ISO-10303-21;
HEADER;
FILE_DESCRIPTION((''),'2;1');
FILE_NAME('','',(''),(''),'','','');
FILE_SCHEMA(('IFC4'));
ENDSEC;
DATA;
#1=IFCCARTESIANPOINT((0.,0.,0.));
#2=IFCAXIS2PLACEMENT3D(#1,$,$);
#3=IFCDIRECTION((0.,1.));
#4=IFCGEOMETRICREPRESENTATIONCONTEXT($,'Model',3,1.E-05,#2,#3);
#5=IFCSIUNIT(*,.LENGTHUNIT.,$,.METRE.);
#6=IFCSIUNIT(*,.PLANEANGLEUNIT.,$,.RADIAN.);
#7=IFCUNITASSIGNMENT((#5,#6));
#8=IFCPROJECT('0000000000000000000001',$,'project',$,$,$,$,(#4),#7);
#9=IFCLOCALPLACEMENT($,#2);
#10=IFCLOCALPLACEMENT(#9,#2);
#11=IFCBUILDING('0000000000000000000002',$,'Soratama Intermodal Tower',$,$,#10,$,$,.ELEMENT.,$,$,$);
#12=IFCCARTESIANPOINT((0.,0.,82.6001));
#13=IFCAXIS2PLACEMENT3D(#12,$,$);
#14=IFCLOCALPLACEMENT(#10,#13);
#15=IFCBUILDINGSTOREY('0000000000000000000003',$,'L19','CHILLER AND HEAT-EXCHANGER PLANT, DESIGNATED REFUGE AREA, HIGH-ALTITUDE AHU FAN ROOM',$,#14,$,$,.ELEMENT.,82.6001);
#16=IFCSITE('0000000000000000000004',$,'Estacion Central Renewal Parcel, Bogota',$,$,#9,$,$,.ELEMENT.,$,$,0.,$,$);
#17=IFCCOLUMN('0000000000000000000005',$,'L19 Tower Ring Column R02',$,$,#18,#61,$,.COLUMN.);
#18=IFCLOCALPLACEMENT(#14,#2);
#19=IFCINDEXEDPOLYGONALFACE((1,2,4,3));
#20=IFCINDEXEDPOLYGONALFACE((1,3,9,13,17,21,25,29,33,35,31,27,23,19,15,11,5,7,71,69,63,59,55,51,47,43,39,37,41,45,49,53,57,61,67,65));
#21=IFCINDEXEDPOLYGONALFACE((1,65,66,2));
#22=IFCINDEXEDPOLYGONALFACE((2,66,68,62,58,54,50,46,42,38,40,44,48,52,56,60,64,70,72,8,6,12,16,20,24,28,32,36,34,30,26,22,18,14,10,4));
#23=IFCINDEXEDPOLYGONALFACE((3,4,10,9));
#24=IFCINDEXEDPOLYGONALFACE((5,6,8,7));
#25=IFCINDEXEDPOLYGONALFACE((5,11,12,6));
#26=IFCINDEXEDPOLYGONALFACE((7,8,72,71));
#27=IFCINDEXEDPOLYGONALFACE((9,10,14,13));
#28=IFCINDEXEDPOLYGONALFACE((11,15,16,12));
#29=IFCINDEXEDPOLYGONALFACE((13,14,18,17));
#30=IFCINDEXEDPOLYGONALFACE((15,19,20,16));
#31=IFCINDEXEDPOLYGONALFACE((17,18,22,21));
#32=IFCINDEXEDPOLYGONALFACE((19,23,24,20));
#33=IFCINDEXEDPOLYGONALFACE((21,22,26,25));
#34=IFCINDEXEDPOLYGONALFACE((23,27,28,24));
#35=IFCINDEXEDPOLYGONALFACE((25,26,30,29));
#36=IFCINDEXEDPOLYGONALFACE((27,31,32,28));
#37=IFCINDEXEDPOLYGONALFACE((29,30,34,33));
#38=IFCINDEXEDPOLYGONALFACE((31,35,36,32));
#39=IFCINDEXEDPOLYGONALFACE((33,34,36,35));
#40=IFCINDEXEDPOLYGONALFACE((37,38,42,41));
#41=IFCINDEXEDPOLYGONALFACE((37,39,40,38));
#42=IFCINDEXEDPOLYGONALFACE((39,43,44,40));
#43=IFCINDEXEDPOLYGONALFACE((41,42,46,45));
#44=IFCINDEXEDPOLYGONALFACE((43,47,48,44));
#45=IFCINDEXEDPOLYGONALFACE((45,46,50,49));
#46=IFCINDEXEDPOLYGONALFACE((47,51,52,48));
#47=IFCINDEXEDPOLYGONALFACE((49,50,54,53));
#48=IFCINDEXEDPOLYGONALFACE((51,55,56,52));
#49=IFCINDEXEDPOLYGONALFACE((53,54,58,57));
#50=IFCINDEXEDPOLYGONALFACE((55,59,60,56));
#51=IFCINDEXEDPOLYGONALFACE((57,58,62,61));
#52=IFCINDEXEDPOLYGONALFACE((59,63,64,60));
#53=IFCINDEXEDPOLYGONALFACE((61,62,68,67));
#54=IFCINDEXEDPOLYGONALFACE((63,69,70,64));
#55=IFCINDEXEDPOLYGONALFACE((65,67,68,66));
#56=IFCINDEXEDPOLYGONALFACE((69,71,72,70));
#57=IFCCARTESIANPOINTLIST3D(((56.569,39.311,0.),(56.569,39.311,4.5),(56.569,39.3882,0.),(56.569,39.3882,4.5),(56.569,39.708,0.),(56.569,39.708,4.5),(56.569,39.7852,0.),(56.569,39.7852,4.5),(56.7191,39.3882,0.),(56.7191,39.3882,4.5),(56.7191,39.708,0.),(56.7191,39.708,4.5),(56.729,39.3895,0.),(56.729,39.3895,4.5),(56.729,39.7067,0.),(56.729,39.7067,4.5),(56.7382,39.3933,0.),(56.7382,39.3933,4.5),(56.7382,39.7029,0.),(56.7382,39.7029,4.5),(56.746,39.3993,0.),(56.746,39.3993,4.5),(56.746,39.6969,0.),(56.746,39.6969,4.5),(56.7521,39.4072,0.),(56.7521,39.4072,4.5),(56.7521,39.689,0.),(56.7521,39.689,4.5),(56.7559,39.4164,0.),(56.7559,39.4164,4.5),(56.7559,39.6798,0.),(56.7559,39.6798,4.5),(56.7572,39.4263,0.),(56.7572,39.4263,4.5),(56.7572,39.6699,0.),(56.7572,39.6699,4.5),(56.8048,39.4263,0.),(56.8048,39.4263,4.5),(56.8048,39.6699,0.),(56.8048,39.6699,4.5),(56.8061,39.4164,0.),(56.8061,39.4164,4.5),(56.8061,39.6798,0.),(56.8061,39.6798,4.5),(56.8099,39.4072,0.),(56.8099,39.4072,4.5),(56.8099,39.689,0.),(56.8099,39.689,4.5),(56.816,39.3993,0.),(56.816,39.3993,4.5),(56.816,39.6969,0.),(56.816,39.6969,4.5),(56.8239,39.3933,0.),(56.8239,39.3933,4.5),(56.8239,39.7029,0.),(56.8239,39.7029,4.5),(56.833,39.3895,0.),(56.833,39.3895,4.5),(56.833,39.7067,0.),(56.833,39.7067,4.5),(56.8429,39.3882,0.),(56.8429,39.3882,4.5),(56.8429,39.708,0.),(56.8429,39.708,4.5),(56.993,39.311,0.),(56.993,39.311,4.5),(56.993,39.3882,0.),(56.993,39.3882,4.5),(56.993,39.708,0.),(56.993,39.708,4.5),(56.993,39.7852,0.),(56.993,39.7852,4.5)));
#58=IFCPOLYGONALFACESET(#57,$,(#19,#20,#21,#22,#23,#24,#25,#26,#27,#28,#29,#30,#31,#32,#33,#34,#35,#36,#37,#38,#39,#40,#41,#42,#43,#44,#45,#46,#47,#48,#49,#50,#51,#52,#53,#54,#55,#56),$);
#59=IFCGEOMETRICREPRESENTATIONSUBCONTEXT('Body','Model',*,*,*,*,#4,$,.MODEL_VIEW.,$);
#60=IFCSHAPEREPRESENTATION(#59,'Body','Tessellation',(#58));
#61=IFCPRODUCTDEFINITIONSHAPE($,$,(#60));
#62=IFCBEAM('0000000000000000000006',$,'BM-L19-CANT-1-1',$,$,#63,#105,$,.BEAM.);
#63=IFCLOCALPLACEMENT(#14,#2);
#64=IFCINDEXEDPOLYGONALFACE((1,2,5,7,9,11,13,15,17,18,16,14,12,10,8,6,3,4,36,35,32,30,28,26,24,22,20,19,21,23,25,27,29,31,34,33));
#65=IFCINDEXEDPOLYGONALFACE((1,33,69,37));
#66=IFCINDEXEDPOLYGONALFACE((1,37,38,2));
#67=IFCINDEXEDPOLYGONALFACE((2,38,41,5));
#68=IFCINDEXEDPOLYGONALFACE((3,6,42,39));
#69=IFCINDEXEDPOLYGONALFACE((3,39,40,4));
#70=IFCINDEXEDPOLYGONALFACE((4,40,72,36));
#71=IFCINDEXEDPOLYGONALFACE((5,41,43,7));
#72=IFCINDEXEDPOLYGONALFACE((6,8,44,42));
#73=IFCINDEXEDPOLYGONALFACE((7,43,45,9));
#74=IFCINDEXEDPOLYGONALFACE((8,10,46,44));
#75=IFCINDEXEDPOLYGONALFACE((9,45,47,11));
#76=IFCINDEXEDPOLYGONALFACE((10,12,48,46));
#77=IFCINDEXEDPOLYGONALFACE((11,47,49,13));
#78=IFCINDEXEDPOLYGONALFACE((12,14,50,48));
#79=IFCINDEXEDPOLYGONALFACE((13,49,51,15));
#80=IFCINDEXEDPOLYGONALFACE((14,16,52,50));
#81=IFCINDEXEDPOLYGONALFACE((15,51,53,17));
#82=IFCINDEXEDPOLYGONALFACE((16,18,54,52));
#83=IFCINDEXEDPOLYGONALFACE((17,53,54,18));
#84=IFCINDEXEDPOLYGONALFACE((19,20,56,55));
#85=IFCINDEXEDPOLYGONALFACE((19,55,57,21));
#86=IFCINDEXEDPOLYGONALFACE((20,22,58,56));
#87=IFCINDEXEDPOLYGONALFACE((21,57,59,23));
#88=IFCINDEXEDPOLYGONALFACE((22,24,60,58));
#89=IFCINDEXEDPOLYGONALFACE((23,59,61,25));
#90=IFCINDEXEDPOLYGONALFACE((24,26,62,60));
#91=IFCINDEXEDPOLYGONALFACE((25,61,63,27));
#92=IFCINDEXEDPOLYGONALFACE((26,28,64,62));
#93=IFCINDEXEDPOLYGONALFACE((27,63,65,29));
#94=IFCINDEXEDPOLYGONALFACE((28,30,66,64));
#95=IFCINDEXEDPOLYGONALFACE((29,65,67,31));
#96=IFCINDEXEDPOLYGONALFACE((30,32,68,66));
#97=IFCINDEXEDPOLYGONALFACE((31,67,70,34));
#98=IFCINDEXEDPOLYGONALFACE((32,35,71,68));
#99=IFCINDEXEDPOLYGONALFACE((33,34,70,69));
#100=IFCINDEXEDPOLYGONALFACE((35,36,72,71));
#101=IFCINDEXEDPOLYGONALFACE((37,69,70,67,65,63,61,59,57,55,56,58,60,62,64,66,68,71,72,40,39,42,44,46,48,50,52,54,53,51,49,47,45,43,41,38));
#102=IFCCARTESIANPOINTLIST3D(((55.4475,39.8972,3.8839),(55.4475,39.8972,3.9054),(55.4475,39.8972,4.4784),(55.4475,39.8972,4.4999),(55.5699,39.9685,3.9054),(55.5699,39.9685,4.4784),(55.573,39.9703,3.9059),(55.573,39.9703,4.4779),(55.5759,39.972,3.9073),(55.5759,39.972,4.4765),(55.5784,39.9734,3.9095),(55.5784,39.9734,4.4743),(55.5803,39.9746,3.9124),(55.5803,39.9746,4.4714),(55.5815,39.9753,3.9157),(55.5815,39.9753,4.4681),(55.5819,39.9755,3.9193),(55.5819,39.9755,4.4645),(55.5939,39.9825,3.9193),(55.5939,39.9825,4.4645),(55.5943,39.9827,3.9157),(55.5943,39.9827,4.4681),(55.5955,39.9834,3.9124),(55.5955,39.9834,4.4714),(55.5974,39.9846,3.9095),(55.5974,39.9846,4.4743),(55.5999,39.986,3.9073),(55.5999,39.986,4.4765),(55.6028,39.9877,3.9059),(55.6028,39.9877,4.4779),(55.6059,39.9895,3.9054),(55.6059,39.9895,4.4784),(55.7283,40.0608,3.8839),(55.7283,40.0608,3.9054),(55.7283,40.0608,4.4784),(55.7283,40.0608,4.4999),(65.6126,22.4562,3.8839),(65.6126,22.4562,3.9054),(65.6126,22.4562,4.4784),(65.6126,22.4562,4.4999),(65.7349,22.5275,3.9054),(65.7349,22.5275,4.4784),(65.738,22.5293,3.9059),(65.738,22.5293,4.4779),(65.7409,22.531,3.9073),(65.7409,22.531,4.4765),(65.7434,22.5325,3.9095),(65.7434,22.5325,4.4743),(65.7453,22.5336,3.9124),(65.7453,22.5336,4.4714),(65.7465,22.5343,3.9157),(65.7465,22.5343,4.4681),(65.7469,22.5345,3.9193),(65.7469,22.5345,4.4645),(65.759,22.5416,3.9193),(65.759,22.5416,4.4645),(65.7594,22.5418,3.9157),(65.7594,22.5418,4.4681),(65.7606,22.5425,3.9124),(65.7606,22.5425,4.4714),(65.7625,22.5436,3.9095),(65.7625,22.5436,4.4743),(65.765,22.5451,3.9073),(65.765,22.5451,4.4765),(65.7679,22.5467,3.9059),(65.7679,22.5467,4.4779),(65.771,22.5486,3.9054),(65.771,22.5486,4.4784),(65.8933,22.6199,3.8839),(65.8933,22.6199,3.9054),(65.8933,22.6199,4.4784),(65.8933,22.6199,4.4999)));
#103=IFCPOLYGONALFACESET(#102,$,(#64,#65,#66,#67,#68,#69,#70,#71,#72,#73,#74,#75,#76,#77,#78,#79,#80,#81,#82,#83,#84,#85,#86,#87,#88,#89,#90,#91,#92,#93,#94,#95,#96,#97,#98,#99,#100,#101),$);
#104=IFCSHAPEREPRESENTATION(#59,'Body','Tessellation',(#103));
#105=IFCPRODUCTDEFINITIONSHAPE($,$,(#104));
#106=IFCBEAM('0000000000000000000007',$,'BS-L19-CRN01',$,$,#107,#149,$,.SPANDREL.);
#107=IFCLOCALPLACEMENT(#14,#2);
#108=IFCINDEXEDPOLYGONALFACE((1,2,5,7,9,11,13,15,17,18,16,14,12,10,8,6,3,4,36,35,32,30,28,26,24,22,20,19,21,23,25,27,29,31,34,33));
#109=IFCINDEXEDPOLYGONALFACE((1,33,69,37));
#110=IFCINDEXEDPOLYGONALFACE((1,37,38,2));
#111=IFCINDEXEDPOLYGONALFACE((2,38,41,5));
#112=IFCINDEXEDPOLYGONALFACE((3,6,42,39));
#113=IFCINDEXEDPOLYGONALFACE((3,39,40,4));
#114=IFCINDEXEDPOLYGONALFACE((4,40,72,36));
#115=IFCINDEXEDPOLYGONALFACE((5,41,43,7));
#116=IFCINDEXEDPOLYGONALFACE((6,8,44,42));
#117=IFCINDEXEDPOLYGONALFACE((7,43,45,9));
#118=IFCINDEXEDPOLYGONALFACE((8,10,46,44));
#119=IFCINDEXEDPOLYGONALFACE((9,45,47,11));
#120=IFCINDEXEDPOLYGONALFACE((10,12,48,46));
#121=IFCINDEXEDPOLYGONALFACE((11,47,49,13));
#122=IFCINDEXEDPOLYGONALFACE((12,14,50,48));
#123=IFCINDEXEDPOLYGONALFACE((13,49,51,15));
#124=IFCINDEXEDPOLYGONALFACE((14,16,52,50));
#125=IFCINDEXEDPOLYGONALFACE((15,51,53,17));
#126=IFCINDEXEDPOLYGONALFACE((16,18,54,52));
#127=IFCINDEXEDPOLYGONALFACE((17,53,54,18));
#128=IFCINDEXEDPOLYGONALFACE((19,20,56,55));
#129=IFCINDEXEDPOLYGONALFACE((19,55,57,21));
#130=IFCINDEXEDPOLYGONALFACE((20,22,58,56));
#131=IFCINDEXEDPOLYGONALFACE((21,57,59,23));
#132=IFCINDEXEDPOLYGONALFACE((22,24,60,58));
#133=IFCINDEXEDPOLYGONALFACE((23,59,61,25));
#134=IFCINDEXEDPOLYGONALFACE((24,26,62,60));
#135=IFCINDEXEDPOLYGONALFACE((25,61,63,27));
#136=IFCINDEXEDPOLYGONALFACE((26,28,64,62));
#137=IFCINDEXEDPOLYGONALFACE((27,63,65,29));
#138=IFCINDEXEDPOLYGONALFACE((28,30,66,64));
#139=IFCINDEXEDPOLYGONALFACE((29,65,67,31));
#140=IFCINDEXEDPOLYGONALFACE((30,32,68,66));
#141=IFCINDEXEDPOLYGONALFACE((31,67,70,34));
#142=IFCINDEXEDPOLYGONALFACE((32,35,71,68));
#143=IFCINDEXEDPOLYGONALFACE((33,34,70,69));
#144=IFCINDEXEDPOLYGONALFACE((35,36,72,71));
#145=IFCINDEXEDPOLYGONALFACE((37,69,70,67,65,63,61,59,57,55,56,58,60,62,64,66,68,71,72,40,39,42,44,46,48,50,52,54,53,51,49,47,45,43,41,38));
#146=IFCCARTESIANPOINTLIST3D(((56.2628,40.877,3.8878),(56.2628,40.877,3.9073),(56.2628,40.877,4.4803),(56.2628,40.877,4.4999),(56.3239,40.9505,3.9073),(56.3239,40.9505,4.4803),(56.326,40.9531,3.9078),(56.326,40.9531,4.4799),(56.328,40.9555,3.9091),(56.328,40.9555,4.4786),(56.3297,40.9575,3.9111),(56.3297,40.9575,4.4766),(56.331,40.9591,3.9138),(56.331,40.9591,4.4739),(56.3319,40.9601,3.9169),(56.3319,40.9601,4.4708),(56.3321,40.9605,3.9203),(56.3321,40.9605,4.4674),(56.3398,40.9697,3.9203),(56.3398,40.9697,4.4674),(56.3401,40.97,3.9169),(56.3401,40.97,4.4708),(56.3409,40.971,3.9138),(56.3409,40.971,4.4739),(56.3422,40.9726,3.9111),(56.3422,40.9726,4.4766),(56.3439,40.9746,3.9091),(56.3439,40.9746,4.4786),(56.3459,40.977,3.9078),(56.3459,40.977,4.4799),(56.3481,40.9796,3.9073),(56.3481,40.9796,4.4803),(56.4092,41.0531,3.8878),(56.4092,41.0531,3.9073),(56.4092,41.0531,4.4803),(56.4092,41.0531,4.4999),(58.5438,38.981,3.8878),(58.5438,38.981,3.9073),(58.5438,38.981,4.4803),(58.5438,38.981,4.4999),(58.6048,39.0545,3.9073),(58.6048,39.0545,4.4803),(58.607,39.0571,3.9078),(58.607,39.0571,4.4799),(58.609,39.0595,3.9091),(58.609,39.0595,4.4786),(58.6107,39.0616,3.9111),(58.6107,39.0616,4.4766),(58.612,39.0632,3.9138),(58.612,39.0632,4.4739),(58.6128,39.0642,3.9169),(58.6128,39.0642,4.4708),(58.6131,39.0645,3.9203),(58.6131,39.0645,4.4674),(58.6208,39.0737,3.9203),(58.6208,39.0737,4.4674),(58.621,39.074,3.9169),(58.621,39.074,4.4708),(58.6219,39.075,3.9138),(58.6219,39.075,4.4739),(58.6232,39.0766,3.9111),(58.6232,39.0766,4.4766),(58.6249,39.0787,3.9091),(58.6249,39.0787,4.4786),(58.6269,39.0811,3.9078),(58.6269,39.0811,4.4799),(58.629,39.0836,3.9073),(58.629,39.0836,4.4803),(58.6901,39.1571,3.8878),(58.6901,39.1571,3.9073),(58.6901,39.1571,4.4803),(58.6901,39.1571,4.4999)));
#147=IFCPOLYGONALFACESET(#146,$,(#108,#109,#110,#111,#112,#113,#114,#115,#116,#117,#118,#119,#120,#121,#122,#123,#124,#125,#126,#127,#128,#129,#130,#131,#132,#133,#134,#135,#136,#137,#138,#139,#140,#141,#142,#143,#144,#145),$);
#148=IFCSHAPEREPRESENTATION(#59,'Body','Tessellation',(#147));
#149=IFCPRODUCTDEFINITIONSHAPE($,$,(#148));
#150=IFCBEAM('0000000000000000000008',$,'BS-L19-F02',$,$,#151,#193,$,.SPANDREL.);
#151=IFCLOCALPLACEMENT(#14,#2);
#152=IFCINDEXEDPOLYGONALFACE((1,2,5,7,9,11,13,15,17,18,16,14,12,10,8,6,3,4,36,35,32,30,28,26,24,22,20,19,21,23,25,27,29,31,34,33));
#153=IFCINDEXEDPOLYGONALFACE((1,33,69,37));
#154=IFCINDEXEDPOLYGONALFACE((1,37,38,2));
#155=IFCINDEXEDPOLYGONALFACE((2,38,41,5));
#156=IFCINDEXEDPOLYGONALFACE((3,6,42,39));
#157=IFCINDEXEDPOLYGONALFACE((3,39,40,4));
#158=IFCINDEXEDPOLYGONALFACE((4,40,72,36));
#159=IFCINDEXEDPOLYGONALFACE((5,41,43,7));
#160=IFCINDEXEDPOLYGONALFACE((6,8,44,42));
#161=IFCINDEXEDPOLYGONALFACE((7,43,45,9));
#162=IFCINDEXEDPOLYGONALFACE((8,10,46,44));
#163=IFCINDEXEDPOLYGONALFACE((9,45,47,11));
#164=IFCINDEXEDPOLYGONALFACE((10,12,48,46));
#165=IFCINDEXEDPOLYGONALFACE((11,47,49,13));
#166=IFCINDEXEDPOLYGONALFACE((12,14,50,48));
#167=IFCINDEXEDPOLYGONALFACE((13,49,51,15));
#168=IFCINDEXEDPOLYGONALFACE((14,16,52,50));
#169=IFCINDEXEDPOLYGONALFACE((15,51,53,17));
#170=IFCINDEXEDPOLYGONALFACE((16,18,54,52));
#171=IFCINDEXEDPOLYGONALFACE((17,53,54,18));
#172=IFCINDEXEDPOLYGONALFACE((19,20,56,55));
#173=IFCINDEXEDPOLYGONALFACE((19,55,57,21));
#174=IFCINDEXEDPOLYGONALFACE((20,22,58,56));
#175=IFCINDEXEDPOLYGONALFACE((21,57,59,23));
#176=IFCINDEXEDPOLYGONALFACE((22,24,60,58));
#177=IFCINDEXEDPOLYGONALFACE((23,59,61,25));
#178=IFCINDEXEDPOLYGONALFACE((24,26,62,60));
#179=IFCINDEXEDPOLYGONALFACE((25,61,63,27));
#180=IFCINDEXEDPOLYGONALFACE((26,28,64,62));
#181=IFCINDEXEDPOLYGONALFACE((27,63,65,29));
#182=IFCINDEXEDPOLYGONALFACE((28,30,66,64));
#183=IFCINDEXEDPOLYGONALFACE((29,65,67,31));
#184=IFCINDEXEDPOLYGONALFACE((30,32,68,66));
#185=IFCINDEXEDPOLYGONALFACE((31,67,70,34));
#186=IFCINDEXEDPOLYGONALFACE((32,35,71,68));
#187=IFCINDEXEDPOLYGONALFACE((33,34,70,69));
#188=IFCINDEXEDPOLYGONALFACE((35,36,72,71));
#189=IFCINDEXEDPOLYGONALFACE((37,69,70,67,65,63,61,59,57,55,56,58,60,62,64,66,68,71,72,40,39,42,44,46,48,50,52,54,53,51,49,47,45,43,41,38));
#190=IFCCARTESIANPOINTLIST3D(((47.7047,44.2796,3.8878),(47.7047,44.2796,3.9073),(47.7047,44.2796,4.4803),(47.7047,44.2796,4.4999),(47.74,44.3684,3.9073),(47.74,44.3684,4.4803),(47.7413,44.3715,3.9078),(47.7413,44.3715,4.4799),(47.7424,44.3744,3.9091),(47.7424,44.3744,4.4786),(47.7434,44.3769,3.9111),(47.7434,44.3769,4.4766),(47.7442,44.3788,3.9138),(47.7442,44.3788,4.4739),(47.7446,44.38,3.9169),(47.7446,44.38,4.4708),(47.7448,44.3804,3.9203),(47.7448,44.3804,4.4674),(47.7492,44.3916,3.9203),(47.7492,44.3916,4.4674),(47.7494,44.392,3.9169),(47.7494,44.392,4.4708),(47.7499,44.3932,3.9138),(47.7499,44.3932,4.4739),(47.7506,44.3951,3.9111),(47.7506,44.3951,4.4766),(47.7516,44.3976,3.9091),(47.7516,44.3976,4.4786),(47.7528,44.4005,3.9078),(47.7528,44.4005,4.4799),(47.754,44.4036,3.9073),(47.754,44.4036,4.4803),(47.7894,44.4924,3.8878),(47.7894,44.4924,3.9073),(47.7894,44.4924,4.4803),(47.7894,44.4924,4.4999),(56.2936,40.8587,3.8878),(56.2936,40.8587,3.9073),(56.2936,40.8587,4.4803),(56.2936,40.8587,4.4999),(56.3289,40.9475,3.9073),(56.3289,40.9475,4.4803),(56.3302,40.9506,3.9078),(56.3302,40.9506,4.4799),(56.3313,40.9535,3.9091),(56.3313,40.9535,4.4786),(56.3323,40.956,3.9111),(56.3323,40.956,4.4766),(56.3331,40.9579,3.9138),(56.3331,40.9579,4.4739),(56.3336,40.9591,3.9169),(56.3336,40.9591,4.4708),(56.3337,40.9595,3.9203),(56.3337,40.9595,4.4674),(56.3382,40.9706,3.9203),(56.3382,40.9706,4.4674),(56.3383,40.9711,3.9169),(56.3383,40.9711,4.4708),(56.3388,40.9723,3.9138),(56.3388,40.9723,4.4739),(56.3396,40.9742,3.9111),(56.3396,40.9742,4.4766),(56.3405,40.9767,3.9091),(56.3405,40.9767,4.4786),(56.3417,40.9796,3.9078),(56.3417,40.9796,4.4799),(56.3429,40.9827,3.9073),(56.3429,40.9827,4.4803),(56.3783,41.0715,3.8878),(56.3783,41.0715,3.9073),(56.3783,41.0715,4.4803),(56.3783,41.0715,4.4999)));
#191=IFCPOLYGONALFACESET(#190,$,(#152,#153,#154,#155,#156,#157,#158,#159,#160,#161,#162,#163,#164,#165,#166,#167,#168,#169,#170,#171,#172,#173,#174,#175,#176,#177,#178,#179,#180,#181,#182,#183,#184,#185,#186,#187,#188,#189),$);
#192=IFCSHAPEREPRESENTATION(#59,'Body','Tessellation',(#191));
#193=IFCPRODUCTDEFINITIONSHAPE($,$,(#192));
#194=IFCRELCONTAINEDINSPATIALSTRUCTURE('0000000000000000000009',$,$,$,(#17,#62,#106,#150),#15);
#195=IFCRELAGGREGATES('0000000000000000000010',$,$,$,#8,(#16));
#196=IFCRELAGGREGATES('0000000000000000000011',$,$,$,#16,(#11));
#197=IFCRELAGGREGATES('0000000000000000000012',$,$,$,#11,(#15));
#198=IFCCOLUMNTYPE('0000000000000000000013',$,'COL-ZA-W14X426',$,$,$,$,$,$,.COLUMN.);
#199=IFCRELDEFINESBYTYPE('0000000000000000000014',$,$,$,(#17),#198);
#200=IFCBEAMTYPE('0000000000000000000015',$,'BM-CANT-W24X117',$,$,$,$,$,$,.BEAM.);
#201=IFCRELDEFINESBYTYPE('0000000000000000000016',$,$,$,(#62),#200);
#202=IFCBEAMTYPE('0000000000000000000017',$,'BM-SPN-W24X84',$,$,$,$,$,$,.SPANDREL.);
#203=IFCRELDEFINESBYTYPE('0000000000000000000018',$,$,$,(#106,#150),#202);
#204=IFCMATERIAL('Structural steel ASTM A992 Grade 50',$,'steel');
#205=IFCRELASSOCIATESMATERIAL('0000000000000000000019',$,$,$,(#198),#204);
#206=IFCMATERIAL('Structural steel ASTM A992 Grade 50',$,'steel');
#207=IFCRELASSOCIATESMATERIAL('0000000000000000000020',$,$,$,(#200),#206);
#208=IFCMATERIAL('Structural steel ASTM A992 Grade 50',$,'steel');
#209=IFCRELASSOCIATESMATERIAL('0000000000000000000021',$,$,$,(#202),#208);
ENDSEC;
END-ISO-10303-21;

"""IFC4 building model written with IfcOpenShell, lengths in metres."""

from ifc_helpers import new_model, si_unit, direction, frame, origin, origin_2d, place, context, subcontext, project, spatial, i_section, extrude, material, material_profile, profile_set, type_object, element, save


model = new_model("IFC4")

# Units and contexts
model_context = context("Model", 3, precision=1e-05, world=origin(), true_north=direction((0.0, 1.0)))
body_context = subcontext(model_context, "Body", "Model", "MODEL_VIEW")
ifc_project = project(units=[si_unit("LENGTHUNIT", "METRE"), si_unit("PLANEANGLEUNIT", "RADIAN")], contexts=[model_context])

# Site, building, storey
site_placement = place(None, origin())
site = spatial("IfcSite", under=ifc_project, at=site_placement, Name="Estacion Central Renewal Parcel, Bogota", CompositionType="ELEMENT", RefElevation=0.0)
building_placement = place(site_placement, origin())
building = spatial("IfcBuilding", under=site, at=building_placement, Name="Soratama Intermodal Tower", CompositionType="ELEMENT")
storey_placement = place(building_placement, frame((0.0, 0.0, 82.6001)))
storey = spatial("IfcBuildingStorey", under=building, at=storey_placement, Name="L19", Description="CHILLER AND HEAT-EXCHANGER PLANT, DESIGNATED REFUGE AREA, HIGH-ALTITUDE AHU FAN ROOM", CompositionType="ELEMENT", Elevation=82.6001)

# Column
ifc_material_1 = material(Name="Structural steel ASTM A992 Grade 50", Category="steel")
ifc_material_profile_1 = material_profile(ifc_material_1, i_section(OverallWidth=0.4241, OverallDepth=0.4741, WebThickness=0.0476, FlangeThickness=0.0771, FilletRadius=0.0381, at=origin_2d()), Name="W14X426")
ifc_profile_set_1 = profile_set([ifc_material_profile_1], Name="Structural steel ASTM A992 Grade 50")
column_type = type_object("IfcColumnType", Name="COL-ZA-W14X426", PredefinedType="COLUMN", material=ifc_profile_set_1)
column_placement = place(storey_placement, frame((56.781, 39.5481, 0.0), z_axis=(0.0, 0.0, 1.0), x_axis=(1.0, 0.0, 0.0)))
element("IfcColumn", 1, at=column_placement, inside=storey, type_object=column_type, Name="L19 Tower Ring Column R02", PredefinedType="COLUMN", context=body_context, shape_type="SweptSolid", body=[
    extrude(i_section(OverallWidth=0.4241, OverallDepth=0.4741, WebThickness=0.0476, FlangeThickness=0.0771, FilletRadius=0.0381, at=origin_2d()), origin(), (0.0, 0.0, 1.0), 4.5),
])

# Beams
ifc_material_2 = material(Name="Structural steel ASTM A992 Grade 50", Category="steel")
ifc_material_profile_2 = material_profile(ifc_material_2, i_section(OverallWidth=0.325, OverallDepth=0.616, WebThickness=0.0139, FlangeThickness=0.0215, FilletRadius=0.0139, at=origin_2d()), Name="W24X117")
ifc_profile_set_2 = profile_set([ifc_material_profile_2], Name="Structural steel ASTM A992 Grade 50")
beam_type_1 = type_object("IfcBeamType", Name="BM-CANT-W24X117", PredefinedType="BEAM", material=ifc_profile_set_2)
beam_1_placement = place(storey_placement, frame((55.5879, 39.979, 4.1919), z_axis=(0.503545, -0.863969, 0.0), x_axis=(0.863969, 0.503545, 0.0)))
element("IfcBeam", 2, at=beam_1_placement, inside=storey, type_object=beam_type_1, Name="BM-L19-CANT-1-1", PredefinedType="BEAM", context=body_context, shape_type="SweptSolid", body=[
    extrude(i_section(OverallWidth=0.325, OverallDepth=0.616, WebThickness=0.0139, FlangeThickness=0.0215, FilletRadius=0.0139, at=origin_2d()), origin(), (0.0, 0.0, 1.0), 20.187),
])
ifc_material_3 = material(Name="Structural steel ASTM A992 Grade 50", Category="steel")
ifc_material_profile_3 = material_profile(ifc_material_3, i_section(OverallWidth=0.229, OverallDepth=0.6121, WebThickness=0.012, FlangeThickness=0.0195, FilletRadius=0.0129, at=origin_2d()), Name="W24X84")
ifc_profile_set_3 = profile_set([ifc_material_profile_3], Name="Structural steel ASTM A992 Grade 50")
beam_type_2 = type_object("IfcBeamType", Name="BM-SPN-W24X84", PredefinedType="SPANDREL", material=ifc_profile_set_3)
beam_2_placement = place(storey_placement, frame((58.6169, 39.0691, 4.1938), z_axis=(-0.769024, 0.63922, 0.0), x_axis=(-0.63922, -0.769024, 0.0)))
element("IfcBeam", 3, at=beam_2_placement, inside=storey, type_object=beam_type_2, Name="BS-L19-CRN01", PredefinedType="SPANDREL", context=body_context, shape_type="SweptSolid", body=[
    extrude(i_section(OverallWidth=0.229, OverallDepth=0.6121, WebThickness=0.012, FlangeThickness=0.0195, FilletRadius=0.0129, at=origin_2d()), origin(), (0.0, 0.0, 1.0), 2.9661),
])
beam_3_placement = place(storey_placement, frame((56.3359, 40.9651, 4.1938), z_axis=(-0.929022, 0.370024, 0.0), x_axis=(-0.370024, -0.929022, 0.0)))
element("IfcBeam", 4, at=beam_3_placement, inside=storey, type_object=beam_type_2, Name="BS-L19-F02", PredefinedType="SPANDREL", context=body_context, shape_type="SweptSolid", body=[
    extrude(i_section(OverallWidth=0.229, OverallDepth=0.6121, WebThickness=0.012, FlangeThickness=0.0195, FilletRadius=0.0129, at=origin_2d()), origin(), (0.0, 0.0, 1.0), 9.2451),
])

save(model, "model.ifc")
